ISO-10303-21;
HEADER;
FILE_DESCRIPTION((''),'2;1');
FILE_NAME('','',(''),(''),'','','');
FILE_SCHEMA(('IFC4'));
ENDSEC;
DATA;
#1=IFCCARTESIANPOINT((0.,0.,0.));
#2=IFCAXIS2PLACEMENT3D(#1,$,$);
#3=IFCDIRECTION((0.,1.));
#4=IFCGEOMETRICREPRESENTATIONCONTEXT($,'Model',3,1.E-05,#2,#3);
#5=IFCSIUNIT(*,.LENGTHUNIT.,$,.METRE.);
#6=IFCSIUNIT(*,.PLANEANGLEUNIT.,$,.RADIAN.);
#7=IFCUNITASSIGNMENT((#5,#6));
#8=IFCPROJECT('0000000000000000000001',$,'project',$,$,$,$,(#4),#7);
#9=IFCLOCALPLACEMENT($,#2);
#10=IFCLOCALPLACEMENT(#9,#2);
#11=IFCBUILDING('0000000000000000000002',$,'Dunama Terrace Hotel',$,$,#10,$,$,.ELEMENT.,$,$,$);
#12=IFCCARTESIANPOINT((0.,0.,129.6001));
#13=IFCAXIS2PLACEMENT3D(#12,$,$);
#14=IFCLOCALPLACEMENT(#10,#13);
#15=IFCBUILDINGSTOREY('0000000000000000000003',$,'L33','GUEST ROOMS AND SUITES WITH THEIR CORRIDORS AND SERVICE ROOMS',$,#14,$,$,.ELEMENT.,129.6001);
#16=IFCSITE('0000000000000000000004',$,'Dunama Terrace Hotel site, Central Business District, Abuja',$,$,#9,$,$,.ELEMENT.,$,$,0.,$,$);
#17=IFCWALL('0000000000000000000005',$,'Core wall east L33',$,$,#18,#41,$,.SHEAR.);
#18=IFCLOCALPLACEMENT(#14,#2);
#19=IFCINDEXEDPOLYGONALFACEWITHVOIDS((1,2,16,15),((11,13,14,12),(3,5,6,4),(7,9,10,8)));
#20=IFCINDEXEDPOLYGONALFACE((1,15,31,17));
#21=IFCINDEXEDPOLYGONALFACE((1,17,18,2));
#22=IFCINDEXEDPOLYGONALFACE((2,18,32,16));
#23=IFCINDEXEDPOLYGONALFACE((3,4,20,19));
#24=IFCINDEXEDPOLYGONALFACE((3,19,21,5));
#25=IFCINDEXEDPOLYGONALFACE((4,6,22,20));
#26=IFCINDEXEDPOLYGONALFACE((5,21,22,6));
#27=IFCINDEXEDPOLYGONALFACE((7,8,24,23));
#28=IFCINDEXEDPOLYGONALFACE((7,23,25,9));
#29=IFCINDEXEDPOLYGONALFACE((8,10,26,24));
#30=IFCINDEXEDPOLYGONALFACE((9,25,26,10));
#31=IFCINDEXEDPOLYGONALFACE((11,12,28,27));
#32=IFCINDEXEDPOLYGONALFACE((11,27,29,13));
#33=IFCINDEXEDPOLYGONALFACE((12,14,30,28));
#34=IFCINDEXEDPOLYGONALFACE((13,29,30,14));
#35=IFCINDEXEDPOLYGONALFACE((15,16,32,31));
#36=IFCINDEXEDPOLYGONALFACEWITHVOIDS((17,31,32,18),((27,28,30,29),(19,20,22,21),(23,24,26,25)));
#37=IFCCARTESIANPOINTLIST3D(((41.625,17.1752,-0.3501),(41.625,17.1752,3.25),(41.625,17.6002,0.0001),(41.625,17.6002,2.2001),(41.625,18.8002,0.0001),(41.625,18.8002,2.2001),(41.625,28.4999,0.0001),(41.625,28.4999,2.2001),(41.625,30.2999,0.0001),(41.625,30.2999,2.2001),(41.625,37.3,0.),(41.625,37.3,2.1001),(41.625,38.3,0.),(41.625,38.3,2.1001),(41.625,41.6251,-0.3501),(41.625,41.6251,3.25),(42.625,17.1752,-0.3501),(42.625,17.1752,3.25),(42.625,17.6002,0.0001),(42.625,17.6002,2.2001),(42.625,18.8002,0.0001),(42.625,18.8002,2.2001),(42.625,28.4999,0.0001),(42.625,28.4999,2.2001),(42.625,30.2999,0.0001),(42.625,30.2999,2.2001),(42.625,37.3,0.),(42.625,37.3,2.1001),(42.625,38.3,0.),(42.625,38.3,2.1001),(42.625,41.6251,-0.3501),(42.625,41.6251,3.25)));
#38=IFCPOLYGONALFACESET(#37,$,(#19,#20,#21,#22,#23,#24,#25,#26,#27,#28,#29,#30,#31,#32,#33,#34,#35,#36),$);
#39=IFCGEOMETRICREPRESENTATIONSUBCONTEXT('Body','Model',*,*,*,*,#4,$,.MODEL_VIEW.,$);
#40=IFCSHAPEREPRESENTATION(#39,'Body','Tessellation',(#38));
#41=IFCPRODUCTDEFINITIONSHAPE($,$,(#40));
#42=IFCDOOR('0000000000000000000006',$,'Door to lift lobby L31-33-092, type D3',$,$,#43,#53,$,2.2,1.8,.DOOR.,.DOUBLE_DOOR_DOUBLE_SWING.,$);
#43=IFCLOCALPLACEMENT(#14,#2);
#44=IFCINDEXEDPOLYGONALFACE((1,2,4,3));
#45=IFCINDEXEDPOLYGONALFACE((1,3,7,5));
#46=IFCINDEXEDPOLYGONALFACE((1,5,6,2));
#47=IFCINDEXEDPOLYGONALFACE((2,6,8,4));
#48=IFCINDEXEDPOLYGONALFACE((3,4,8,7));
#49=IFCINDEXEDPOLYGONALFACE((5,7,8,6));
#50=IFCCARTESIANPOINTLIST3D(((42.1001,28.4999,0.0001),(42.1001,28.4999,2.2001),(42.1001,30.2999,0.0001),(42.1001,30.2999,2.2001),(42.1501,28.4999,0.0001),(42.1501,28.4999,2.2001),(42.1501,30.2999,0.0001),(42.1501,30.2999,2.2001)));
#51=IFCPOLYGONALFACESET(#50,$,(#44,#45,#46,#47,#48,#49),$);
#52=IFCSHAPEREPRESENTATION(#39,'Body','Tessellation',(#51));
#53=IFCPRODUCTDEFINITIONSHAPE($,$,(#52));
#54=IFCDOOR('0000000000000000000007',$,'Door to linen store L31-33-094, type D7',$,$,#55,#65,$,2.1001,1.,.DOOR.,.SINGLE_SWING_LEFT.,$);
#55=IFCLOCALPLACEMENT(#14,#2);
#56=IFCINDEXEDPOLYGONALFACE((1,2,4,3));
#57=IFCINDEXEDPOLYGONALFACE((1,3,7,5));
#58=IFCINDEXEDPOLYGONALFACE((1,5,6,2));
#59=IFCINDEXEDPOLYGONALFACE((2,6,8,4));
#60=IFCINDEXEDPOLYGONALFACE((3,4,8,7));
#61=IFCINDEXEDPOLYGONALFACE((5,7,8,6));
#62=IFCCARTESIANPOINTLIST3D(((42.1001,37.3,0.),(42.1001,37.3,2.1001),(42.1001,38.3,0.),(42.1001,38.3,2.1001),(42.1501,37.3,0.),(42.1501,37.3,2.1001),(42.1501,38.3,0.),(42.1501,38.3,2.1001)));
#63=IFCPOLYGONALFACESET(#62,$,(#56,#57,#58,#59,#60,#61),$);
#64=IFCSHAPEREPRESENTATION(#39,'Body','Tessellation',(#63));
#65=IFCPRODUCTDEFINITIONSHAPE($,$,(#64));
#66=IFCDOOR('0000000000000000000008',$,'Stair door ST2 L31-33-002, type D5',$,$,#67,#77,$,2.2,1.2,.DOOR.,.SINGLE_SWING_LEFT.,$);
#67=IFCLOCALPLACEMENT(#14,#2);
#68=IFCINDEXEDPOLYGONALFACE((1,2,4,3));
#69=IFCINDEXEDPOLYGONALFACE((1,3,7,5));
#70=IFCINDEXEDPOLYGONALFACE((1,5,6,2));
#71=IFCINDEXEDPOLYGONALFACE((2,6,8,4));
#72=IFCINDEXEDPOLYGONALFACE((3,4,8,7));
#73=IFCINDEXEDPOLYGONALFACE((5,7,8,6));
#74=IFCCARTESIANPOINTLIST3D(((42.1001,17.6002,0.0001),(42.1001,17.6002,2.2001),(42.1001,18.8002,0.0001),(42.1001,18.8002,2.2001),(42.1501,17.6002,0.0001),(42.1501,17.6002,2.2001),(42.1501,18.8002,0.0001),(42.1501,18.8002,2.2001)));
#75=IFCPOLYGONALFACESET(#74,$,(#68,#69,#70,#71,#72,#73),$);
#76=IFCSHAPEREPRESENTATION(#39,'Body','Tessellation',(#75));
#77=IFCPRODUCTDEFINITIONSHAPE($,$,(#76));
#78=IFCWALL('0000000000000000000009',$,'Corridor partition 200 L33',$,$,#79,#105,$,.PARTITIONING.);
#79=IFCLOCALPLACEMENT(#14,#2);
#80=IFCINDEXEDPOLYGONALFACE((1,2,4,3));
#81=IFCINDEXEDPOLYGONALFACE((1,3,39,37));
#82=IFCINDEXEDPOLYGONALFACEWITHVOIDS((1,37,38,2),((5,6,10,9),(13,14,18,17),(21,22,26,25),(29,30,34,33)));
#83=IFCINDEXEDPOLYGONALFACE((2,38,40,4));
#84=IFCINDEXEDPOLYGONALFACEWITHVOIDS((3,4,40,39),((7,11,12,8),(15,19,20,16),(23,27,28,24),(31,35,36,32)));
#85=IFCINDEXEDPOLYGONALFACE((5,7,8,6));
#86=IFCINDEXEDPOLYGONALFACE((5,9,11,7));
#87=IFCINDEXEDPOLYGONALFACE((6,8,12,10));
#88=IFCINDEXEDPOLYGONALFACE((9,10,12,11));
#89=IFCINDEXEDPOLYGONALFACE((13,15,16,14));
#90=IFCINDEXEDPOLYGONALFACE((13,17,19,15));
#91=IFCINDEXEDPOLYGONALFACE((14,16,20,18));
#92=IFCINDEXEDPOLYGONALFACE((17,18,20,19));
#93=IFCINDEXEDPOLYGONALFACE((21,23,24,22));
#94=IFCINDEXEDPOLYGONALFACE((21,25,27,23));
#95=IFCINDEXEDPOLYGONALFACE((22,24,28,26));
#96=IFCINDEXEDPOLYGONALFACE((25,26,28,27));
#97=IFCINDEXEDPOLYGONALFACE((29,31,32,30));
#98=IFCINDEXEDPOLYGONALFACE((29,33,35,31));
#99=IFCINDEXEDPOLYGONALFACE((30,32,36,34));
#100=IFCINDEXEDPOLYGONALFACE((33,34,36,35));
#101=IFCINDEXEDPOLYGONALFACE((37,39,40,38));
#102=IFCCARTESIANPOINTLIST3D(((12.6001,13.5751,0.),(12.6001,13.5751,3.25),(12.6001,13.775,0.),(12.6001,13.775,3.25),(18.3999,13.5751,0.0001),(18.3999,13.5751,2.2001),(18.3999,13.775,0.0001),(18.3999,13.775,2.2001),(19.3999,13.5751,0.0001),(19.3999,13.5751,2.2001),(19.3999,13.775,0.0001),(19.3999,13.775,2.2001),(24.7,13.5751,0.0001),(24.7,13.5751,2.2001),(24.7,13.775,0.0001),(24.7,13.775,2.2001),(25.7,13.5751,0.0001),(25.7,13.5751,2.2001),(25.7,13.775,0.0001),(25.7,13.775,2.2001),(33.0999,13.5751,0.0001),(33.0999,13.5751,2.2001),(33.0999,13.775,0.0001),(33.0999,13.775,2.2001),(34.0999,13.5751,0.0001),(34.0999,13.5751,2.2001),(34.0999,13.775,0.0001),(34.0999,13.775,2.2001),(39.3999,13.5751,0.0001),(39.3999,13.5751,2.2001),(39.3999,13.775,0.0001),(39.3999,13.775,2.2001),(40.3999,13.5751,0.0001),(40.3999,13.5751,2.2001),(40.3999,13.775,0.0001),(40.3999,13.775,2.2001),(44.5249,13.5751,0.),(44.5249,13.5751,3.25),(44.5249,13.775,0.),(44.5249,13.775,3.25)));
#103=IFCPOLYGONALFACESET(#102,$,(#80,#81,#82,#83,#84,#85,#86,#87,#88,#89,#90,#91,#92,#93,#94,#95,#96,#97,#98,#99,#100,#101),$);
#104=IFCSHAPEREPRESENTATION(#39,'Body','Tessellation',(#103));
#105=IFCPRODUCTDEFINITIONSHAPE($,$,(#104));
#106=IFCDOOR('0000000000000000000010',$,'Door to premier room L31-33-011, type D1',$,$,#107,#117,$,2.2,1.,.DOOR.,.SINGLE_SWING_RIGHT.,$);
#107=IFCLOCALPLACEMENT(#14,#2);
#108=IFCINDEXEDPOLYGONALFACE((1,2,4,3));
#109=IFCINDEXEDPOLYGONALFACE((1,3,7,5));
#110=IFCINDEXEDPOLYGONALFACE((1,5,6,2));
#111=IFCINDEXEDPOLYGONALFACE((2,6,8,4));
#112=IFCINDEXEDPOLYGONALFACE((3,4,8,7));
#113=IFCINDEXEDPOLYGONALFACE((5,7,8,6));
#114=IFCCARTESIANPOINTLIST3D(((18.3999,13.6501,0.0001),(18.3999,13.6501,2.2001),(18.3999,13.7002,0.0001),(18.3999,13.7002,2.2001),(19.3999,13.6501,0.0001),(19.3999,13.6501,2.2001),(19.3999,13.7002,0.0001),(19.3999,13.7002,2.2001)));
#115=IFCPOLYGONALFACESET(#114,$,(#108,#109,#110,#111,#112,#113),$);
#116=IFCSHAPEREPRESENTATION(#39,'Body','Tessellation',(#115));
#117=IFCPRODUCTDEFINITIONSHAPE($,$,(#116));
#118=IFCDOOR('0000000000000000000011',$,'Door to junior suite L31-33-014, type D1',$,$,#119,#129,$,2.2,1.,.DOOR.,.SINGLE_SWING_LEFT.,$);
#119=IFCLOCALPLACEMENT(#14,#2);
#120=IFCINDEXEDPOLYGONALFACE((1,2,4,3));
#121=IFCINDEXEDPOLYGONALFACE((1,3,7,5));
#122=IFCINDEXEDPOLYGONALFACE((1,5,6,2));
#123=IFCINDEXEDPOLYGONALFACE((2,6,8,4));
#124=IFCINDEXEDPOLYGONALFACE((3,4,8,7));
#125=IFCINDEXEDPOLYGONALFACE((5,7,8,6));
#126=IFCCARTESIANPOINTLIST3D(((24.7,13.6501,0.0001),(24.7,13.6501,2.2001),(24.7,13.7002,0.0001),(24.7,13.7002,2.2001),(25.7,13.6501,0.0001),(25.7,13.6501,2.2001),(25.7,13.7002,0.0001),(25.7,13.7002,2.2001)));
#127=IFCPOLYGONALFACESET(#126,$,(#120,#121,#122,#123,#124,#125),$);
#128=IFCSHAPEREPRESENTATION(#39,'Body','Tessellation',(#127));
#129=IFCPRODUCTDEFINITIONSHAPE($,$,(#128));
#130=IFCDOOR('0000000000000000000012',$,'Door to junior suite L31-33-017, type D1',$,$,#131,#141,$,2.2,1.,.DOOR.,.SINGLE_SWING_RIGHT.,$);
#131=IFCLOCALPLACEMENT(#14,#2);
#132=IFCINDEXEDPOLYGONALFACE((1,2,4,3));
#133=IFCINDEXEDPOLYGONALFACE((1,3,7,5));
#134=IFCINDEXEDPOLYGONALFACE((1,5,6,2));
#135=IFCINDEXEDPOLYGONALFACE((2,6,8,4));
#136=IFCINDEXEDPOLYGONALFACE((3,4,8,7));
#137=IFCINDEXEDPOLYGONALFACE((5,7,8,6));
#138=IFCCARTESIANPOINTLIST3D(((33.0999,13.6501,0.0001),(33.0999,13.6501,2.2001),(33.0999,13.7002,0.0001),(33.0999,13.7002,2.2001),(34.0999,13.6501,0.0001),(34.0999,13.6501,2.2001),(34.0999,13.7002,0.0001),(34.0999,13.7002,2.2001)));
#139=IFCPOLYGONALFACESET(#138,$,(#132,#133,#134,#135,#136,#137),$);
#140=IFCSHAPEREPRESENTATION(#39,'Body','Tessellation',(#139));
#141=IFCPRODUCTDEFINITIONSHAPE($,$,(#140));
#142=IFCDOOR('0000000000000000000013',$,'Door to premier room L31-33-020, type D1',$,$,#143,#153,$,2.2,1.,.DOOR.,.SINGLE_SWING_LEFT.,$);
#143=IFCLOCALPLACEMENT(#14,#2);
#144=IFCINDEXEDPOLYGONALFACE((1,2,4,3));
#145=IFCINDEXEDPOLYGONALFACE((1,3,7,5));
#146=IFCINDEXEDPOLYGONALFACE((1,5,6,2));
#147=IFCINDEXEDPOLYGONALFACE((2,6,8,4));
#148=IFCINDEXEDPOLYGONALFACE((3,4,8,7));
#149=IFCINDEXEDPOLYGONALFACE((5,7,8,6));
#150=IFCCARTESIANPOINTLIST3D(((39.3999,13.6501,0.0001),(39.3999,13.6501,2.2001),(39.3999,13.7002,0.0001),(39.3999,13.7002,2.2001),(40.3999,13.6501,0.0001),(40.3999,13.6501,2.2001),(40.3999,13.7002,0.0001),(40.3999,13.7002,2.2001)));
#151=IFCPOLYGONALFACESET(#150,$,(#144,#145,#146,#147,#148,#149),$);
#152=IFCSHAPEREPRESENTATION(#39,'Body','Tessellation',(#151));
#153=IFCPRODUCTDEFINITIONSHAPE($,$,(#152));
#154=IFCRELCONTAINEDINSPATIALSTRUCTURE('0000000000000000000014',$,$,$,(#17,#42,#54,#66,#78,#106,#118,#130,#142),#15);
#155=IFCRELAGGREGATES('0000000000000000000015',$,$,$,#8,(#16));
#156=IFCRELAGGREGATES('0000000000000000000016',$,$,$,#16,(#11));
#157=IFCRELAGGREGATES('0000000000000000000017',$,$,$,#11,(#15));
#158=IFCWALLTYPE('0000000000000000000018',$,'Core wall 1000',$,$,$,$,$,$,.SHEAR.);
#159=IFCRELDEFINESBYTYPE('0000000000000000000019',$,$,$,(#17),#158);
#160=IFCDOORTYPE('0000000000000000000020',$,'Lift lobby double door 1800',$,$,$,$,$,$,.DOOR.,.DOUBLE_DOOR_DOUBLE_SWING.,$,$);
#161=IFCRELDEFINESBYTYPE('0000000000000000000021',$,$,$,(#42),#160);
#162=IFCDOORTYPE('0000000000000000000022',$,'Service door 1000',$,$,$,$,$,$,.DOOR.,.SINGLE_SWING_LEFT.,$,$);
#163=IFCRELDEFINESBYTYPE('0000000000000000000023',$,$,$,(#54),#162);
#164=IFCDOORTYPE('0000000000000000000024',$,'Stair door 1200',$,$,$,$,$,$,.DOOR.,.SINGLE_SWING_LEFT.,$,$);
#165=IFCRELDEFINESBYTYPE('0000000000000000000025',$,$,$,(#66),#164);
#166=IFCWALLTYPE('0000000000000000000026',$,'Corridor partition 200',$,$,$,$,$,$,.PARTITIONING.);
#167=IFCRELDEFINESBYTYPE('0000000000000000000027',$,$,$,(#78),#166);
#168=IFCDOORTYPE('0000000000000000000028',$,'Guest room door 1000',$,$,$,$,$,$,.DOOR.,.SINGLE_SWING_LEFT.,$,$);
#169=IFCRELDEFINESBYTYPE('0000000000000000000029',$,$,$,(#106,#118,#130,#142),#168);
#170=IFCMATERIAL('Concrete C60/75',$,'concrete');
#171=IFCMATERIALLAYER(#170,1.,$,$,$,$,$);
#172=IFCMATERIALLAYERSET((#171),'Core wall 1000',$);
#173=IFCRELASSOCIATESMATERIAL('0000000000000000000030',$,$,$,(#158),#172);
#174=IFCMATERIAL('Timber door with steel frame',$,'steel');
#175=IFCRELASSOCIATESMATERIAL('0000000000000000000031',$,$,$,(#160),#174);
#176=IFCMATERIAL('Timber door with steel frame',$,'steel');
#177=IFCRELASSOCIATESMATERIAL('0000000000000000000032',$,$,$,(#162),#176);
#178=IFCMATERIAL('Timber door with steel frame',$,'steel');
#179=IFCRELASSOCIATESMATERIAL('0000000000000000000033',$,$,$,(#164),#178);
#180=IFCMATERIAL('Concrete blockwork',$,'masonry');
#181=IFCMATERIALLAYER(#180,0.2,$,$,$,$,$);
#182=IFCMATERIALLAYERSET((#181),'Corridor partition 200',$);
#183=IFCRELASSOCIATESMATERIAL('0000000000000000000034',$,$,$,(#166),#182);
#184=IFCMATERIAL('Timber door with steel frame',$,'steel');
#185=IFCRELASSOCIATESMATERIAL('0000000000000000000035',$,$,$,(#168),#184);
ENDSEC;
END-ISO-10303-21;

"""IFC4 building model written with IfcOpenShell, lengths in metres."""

from ifc_helpers import new_model, si_unit, direction, frame, frame_2d, origin, place, context, subcontext, project, spatial, rectangle, extrude, material, layer, layer_set, type_object, element, fill, save


model = new_model("IFC4")

# Units and contexts
model_context = context("Model", 3, precision=1e-05, world=origin(), true_north=direction((0.0, 1.0)))
body_context = subcontext(model_context, "Body", "Model", "MODEL_VIEW")
ifc_project = project(units=[si_unit("LENGTHUNIT", "METRE"), si_unit("PLANEANGLEUNIT", "RADIAN")], contexts=[model_context])

# Site, building, storey
site_placement = place(None, origin())
site = spatial("IfcSite", under=ifc_project, at=site_placement, Name="Dunama Terrace Hotel site, Central Business District, Abuja", CompositionType="ELEMENT", RefElevation=0.0)
building_placement = place(site_placement, origin())
building = spatial("IfcBuilding", under=site, at=building_placement, Name="Dunama Terrace Hotel", CompositionType="ELEMENT")
storey_placement = place(building_placement, frame((0.0, 0.0, 129.6001)))
storey = spatial("IfcBuildingStorey", under=building, at=storey_placement, Name="L33", Description="GUEST ROOMS AND SUITES WITH THEIR CORRIDORS AND SERVICE ROOMS", CompositionType="ELEMENT", Elevation=129.6001)

# Walls, openings, doors
ifc_material_1 = material(Name="Concrete C60/75", Category="concrete")
ifc_layer_1 = layer(ifc_material_1, 1.0)
ifc_layer_set_1 = layer_set([ifc_layer_1], Name="Core wall 1000")
wall_type_1 = type_object("IfcWallType", Name="Core wall 1000", PredefinedType="SHEAR", material=ifc_layer_set_1)
wall_1_placement = place(storey_placement, frame((42.125, 17.175, -0.3501), z_axis=(0.0, 0.0, 1.0), x_axis=(0.0, 1.0, 0.0)))
wall_1 = element("IfcWall", 1, at=wall_1_placement, inside=storey, type_object=wall_type_1, Name="Core wall east L33", PredefinedType="SHEAR", context=body_context, shape_type="SweptSolid", body=[
    extrude(rectangle(XDim=24.45, YDim=1.0, at=frame_2d((12.2251, 0.0))), origin(), (0.0, 0.0, 1.0), 3.6001),
])
opening_1_placement = place(wall_1_placement, frame((0.425, 0.0, 0.3501)))
opening_1 = element("IfcOpeningElement", 2, at=opening_1_placement, cuts=wall_1, PredefinedType="OPENING", context=body_context, shape_type="SweptSolid", body=[
    extrude(rectangle(XDim=1.2, YDim=2.2, at=frame_2d((0.6001, 1.1001))), frame((0.0, 0.51, 0.0), z_axis=(0.0, -1.0, 0.0), x_axis=(1.0, 0.0, 0.0)), (0.0, 0.0, 1.0), 1.02),
])
opening_2_placement = place(wall_1_placement, frame((11.325, 0.0, 0.3501)))
opening_2 = element("IfcOpeningElement", 3, at=opening_2_placement, cuts=wall_1, PredefinedType="OPENING", context=body_context, shape_type="SweptSolid", body=[
    extrude(rectangle(XDim=1.8, YDim=2.2, at=frame_2d((0.8999, 1.1001))), frame((0.0, 0.51, 0.0), z_axis=(0.0, -1.0, 0.0), x_axis=(1.0, 0.0, 0.0)), (0.0, 0.0, 1.0), 1.02),
])
opening_3_placement = place(wall_1_placement, frame((20.125, 0.0, 0.3501)))
opening_3 = element("IfcOpeningElement", 4, at=opening_3_placement, cuts=wall_1, PredefinedType="OPENING", context=body_context, shape_type="SweptSolid", body=[
    extrude(rectangle(XDim=1.0, YDim=2.1001, at=frame_2d((0.5, 1.05))), frame((0.0, 0.51, 0.0), z_axis=(0.0, -1.0, 0.0), x_axis=(1.0, 0.0, 0.0)), (0.0, 0.0, 1.0), 1.02),
])
ifc_material_2 = material(Name="Timber door with steel frame", Category="steel")
door_type_1 = type_object("IfcDoorType", Name="Lift lobby double door 1800", OperationType="DOUBLE_DOOR_DOUBLE_SWING", PredefinedType="DOOR", material=ifc_material_2)
door_1_placement = place(opening_2_placement, origin())
door_1 = element("IfcDoor", 5, at=door_1_placement, inside=storey, type_object=door_type_1, Name="Door to lift lobby L31-33-092, type D3", OperationType="DOUBLE_DOOR_DOUBLE_SWING", OverallHeight=2.2, OverallWidth=1.8, PredefinedType="DOOR", context=body_context, shape_type="SweptSolid", body=[
    extrude(rectangle(XDim=1.8, YDim=2.2, at=frame_2d((0.8999, 1.1001))), frame((0.0, 0.0249, 0.0), z_axis=(0.0, -1.0, 0.0), x_axis=(1.0, 0.0, 0.0)), (0.0, 0.0, 1.0), 0.05),
])
fill(opening_2, door_1)
ifc_material_3 = material(Name="Timber door with steel frame", Category="steel")
door_type_2 = type_object("IfcDoorType", Name="Service door 1000", OperationType="SINGLE_SWING_LEFT", PredefinedType="DOOR", material=ifc_material_3)
door_2_placement = place(opening_3_placement, origin())
door_2 = element("IfcDoor", 6, at=door_2_placement, inside=storey, type_object=door_type_2, Name="Door to linen store L31-33-094, type D7", OperationType="SINGLE_SWING_LEFT", OverallHeight=2.1001, OverallWidth=1.0, PredefinedType="DOOR", context=body_context, shape_type="SweptSolid", body=[
    extrude(rectangle(XDim=1.0, YDim=2.1001, at=frame_2d((0.5, 1.05))), frame((0.0, 0.0249, 0.0), z_axis=(0.0, -1.0, 0.0), x_axis=(1.0, 0.0, 0.0)), (0.0, 0.0, 1.0), 0.05),
])
fill(opening_3, door_2)
ifc_material_4 = material(Name="Timber door with steel frame", Category="steel")
door_type_3 = type_object("IfcDoorType", Name="Stair door 1200", OperationType="SINGLE_SWING_LEFT", PredefinedType="DOOR", material=ifc_material_4)
door_3_placement = place(opening_1_placement, origin())
door_3 = element("IfcDoor", 7, at=door_3_placement, inside=storey, type_object=door_type_3, Name="Stair door ST2 L31-33-002, type D5", OperationType="SINGLE_SWING_LEFT", OverallHeight=2.2, OverallWidth=1.2, PredefinedType="DOOR", context=body_context, shape_type="SweptSolid", body=[
    extrude(rectangle(XDim=1.2, YDim=2.2, at=frame_2d((0.6001, 1.1001))), frame((0.0, 0.0249, 0.0), z_axis=(0.0, -1.0, 0.0), x_axis=(1.0, 0.0, 0.0)), (0.0, 0.0, 1.0), 0.05),
])
fill(opening_1, door_3)
ifc_material_5 = material(Name="Concrete blockwork", Category="masonry")
ifc_layer_2 = layer(ifc_material_5, 0.2)
ifc_layer_set_2 = layer_set([ifc_layer_2], Name="Corridor partition 200")
wall_type_2 = type_object("IfcWallType", Name="Corridor partition 200", PredefinedType="PARTITIONING", material=ifc_layer_set_2)
wall_2_placement = place(storey_placement, frame((44.5249, 13.675, 0.0), z_axis=(0.0, 0.0, 1.0), x_axis=(-1.0, 0.0, 0.0)))
wall_2 = element("IfcWall", 8, at=wall_2_placement, inside=storey, type_object=wall_type_2, Name="Corridor partition 200 L33", PredefinedType="PARTITIONING", context=body_context, shape_type="SweptSolid", body=[
    extrude(rectangle(XDim=31.9248, YDim=0.2, at=frame_2d((15.9624, 0.0))), origin(), (0.0, 0.0, 1.0), 3.25),
])
opening_4_placement = place(wall_2_placement, frame((25.125, 0.0, 0.0)))
opening_4 = element("IfcOpeningElement", 9, at=opening_4_placement, cuts=wall_2, PredefinedType="OPENING", context=body_context, shape_type="SweptSolid", body=[
    extrude(rectangle(XDim=1.0, YDim=2.2, at=frame_2d((0.5, 1.1001))), frame((0.0, 0.1099, 0.0), z_axis=(0.0, -1.0, 0.0), x_axis=(1.0, 0.0, 0.0)), (0.0, 0.0, 1.0), 0.22),
])
opening_5_placement = place(wall_2_placement, frame((18.825, 0.0, 0.0)))
opening_5 = element("IfcOpeningElement", 10, at=opening_5_placement, cuts=wall_2, PredefinedType="OPENING", context=body_context, shape_type="SweptSolid", body=[
    extrude(rectangle(XDim=1.0, YDim=2.2, at=frame_2d((0.5, 1.1001))), frame((0.0, 0.1099, 0.0), z_axis=(0.0, -1.0, 0.0), x_axis=(1.0, 0.0, 0.0)), (0.0, 0.0, 1.0), 0.22),
])
opening_6_placement = place(wall_2_placement, frame((10.425, 0.0, 0.0)))
opening_6 = element("IfcOpeningElement", 11, at=opening_6_placement, cuts=wall_2, PredefinedType="OPENING", context=body_context, shape_type="SweptSolid", body=[
    extrude(rectangle(XDim=1.0, YDim=2.2, at=frame_2d((0.5, 1.1001))), frame((0.0, 0.1099, 0.0), z_axis=(0.0, -1.0, 0.0), x_axis=(1.0, 0.0, 0.0)), (0.0, 0.0, 1.0), 0.22),
])
opening_7_placement = place(wall_2_placement, frame((4.125, 0.0, 0.0)))
opening_7 = element("IfcOpeningElement", 12, at=opening_7_placement, cuts=wall_2, PredefinedType="OPENING", context=body_context, shape_type="SweptSolid", body=[
    extrude(rectangle(XDim=1.0, YDim=2.2, at=frame_2d((0.5, 1.1001))), frame((0.0, 0.1099, 0.0), z_axis=(0.0, -1.0, 0.0), x_axis=(1.0, 0.0, 0.0)), (0.0, 0.0, 1.0), 0.22),
])
ifc_material_6 = material(Name="Timber door with steel frame", Category="steel")
door_type_4 = type_object("IfcDoorType", Name="Guest room door 1000", OperationType="SINGLE_SWING_LEFT", PredefinedType="DOOR", material=ifc_material_6)
door_4_placement = place(opening_4_placement, origin())
door_4 = element("IfcDoor", 13, at=door_4_placement, inside=storey, type_object=door_type_4, Name="Door to premier room L31-33-011, type D1", OperationType="SINGLE_SWING_RIGHT", OverallHeight=2.2, OverallWidth=1.0, PredefinedType="DOOR", context=body_context, shape_type="SweptSolid", body=[
    extrude(rectangle(XDim=1.0, YDim=2.2, at=frame_2d((0.5, 1.1001))), frame((0.0, 0.0249, 0.0), z_axis=(0.0, -1.0, 0.0), x_axis=(1.0, 0.0, 0.0)), (0.0, 0.0, 1.0), 0.05),
])
fill(opening_4, door_4)
door_5_placement = place(opening_5_placement, origin())
door_5 = element("IfcDoor", 14, at=door_5_placement, inside=storey, type_object=door_type_4, Name="Door to junior suite L31-33-014, type D1", OperationType="SINGLE_SWING_LEFT", OverallHeight=2.2, OverallWidth=1.0, PredefinedType="DOOR", context=body_context, shape_type="SweptSolid", body=[
    extrude(rectangle(XDim=1.0, YDim=2.2, at=frame_2d((0.5, 1.1001))), frame((0.0, 0.0249, 0.0), z_axis=(0.0, -1.0, 0.0), x_axis=(1.0, 0.0, 0.0)), (0.0, 0.0, 1.0), 0.05),
])
fill(opening_5, door_5)
door_6_placement = place(opening_6_placement, origin())
door_6 = element("IfcDoor", 15, at=door_6_placement, inside=storey, type_object=door_type_4, Name="Door to junior suite L31-33-017, type D1", OperationType="SINGLE_SWING_RIGHT", OverallHeight=2.2, OverallWidth=1.0, PredefinedType="DOOR", context=body_context, shape_type="SweptSolid", body=[
    extrude(rectangle(XDim=1.0, YDim=2.2, at=frame_2d((0.5, 1.1001))), frame((0.0, 0.0249, 0.0), z_axis=(0.0, -1.0, 0.0), x_axis=(1.0, 0.0, 0.0)), (0.0, 0.0, 1.0), 0.05),
])
fill(opening_6, door_6)
door_7_placement = place(opening_7_placement, origin())
door_7 = element("IfcDoor", 16, at=door_7_placement, inside=storey, type_object=door_type_4, Name="Door to premier room L31-33-020, type D1", OperationType="SINGLE_SWING_LEFT", OverallHeight=2.2, OverallWidth=1.0, PredefinedType="DOOR", context=body_context, shape_type="SweptSolid", body=[
    extrude(rectangle(XDim=1.0, YDim=2.2, at=frame_2d((0.5, 1.1001))), frame((0.0, 0.0249, 0.0), z_axis=(0.0, -1.0, 0.0), x_axis=(1.0, 0.0, 0.0)), (0.0, 0.0, 1.0), 0.05),
])
fill(opening_7, door_7)

save(model, "model.ifc")
